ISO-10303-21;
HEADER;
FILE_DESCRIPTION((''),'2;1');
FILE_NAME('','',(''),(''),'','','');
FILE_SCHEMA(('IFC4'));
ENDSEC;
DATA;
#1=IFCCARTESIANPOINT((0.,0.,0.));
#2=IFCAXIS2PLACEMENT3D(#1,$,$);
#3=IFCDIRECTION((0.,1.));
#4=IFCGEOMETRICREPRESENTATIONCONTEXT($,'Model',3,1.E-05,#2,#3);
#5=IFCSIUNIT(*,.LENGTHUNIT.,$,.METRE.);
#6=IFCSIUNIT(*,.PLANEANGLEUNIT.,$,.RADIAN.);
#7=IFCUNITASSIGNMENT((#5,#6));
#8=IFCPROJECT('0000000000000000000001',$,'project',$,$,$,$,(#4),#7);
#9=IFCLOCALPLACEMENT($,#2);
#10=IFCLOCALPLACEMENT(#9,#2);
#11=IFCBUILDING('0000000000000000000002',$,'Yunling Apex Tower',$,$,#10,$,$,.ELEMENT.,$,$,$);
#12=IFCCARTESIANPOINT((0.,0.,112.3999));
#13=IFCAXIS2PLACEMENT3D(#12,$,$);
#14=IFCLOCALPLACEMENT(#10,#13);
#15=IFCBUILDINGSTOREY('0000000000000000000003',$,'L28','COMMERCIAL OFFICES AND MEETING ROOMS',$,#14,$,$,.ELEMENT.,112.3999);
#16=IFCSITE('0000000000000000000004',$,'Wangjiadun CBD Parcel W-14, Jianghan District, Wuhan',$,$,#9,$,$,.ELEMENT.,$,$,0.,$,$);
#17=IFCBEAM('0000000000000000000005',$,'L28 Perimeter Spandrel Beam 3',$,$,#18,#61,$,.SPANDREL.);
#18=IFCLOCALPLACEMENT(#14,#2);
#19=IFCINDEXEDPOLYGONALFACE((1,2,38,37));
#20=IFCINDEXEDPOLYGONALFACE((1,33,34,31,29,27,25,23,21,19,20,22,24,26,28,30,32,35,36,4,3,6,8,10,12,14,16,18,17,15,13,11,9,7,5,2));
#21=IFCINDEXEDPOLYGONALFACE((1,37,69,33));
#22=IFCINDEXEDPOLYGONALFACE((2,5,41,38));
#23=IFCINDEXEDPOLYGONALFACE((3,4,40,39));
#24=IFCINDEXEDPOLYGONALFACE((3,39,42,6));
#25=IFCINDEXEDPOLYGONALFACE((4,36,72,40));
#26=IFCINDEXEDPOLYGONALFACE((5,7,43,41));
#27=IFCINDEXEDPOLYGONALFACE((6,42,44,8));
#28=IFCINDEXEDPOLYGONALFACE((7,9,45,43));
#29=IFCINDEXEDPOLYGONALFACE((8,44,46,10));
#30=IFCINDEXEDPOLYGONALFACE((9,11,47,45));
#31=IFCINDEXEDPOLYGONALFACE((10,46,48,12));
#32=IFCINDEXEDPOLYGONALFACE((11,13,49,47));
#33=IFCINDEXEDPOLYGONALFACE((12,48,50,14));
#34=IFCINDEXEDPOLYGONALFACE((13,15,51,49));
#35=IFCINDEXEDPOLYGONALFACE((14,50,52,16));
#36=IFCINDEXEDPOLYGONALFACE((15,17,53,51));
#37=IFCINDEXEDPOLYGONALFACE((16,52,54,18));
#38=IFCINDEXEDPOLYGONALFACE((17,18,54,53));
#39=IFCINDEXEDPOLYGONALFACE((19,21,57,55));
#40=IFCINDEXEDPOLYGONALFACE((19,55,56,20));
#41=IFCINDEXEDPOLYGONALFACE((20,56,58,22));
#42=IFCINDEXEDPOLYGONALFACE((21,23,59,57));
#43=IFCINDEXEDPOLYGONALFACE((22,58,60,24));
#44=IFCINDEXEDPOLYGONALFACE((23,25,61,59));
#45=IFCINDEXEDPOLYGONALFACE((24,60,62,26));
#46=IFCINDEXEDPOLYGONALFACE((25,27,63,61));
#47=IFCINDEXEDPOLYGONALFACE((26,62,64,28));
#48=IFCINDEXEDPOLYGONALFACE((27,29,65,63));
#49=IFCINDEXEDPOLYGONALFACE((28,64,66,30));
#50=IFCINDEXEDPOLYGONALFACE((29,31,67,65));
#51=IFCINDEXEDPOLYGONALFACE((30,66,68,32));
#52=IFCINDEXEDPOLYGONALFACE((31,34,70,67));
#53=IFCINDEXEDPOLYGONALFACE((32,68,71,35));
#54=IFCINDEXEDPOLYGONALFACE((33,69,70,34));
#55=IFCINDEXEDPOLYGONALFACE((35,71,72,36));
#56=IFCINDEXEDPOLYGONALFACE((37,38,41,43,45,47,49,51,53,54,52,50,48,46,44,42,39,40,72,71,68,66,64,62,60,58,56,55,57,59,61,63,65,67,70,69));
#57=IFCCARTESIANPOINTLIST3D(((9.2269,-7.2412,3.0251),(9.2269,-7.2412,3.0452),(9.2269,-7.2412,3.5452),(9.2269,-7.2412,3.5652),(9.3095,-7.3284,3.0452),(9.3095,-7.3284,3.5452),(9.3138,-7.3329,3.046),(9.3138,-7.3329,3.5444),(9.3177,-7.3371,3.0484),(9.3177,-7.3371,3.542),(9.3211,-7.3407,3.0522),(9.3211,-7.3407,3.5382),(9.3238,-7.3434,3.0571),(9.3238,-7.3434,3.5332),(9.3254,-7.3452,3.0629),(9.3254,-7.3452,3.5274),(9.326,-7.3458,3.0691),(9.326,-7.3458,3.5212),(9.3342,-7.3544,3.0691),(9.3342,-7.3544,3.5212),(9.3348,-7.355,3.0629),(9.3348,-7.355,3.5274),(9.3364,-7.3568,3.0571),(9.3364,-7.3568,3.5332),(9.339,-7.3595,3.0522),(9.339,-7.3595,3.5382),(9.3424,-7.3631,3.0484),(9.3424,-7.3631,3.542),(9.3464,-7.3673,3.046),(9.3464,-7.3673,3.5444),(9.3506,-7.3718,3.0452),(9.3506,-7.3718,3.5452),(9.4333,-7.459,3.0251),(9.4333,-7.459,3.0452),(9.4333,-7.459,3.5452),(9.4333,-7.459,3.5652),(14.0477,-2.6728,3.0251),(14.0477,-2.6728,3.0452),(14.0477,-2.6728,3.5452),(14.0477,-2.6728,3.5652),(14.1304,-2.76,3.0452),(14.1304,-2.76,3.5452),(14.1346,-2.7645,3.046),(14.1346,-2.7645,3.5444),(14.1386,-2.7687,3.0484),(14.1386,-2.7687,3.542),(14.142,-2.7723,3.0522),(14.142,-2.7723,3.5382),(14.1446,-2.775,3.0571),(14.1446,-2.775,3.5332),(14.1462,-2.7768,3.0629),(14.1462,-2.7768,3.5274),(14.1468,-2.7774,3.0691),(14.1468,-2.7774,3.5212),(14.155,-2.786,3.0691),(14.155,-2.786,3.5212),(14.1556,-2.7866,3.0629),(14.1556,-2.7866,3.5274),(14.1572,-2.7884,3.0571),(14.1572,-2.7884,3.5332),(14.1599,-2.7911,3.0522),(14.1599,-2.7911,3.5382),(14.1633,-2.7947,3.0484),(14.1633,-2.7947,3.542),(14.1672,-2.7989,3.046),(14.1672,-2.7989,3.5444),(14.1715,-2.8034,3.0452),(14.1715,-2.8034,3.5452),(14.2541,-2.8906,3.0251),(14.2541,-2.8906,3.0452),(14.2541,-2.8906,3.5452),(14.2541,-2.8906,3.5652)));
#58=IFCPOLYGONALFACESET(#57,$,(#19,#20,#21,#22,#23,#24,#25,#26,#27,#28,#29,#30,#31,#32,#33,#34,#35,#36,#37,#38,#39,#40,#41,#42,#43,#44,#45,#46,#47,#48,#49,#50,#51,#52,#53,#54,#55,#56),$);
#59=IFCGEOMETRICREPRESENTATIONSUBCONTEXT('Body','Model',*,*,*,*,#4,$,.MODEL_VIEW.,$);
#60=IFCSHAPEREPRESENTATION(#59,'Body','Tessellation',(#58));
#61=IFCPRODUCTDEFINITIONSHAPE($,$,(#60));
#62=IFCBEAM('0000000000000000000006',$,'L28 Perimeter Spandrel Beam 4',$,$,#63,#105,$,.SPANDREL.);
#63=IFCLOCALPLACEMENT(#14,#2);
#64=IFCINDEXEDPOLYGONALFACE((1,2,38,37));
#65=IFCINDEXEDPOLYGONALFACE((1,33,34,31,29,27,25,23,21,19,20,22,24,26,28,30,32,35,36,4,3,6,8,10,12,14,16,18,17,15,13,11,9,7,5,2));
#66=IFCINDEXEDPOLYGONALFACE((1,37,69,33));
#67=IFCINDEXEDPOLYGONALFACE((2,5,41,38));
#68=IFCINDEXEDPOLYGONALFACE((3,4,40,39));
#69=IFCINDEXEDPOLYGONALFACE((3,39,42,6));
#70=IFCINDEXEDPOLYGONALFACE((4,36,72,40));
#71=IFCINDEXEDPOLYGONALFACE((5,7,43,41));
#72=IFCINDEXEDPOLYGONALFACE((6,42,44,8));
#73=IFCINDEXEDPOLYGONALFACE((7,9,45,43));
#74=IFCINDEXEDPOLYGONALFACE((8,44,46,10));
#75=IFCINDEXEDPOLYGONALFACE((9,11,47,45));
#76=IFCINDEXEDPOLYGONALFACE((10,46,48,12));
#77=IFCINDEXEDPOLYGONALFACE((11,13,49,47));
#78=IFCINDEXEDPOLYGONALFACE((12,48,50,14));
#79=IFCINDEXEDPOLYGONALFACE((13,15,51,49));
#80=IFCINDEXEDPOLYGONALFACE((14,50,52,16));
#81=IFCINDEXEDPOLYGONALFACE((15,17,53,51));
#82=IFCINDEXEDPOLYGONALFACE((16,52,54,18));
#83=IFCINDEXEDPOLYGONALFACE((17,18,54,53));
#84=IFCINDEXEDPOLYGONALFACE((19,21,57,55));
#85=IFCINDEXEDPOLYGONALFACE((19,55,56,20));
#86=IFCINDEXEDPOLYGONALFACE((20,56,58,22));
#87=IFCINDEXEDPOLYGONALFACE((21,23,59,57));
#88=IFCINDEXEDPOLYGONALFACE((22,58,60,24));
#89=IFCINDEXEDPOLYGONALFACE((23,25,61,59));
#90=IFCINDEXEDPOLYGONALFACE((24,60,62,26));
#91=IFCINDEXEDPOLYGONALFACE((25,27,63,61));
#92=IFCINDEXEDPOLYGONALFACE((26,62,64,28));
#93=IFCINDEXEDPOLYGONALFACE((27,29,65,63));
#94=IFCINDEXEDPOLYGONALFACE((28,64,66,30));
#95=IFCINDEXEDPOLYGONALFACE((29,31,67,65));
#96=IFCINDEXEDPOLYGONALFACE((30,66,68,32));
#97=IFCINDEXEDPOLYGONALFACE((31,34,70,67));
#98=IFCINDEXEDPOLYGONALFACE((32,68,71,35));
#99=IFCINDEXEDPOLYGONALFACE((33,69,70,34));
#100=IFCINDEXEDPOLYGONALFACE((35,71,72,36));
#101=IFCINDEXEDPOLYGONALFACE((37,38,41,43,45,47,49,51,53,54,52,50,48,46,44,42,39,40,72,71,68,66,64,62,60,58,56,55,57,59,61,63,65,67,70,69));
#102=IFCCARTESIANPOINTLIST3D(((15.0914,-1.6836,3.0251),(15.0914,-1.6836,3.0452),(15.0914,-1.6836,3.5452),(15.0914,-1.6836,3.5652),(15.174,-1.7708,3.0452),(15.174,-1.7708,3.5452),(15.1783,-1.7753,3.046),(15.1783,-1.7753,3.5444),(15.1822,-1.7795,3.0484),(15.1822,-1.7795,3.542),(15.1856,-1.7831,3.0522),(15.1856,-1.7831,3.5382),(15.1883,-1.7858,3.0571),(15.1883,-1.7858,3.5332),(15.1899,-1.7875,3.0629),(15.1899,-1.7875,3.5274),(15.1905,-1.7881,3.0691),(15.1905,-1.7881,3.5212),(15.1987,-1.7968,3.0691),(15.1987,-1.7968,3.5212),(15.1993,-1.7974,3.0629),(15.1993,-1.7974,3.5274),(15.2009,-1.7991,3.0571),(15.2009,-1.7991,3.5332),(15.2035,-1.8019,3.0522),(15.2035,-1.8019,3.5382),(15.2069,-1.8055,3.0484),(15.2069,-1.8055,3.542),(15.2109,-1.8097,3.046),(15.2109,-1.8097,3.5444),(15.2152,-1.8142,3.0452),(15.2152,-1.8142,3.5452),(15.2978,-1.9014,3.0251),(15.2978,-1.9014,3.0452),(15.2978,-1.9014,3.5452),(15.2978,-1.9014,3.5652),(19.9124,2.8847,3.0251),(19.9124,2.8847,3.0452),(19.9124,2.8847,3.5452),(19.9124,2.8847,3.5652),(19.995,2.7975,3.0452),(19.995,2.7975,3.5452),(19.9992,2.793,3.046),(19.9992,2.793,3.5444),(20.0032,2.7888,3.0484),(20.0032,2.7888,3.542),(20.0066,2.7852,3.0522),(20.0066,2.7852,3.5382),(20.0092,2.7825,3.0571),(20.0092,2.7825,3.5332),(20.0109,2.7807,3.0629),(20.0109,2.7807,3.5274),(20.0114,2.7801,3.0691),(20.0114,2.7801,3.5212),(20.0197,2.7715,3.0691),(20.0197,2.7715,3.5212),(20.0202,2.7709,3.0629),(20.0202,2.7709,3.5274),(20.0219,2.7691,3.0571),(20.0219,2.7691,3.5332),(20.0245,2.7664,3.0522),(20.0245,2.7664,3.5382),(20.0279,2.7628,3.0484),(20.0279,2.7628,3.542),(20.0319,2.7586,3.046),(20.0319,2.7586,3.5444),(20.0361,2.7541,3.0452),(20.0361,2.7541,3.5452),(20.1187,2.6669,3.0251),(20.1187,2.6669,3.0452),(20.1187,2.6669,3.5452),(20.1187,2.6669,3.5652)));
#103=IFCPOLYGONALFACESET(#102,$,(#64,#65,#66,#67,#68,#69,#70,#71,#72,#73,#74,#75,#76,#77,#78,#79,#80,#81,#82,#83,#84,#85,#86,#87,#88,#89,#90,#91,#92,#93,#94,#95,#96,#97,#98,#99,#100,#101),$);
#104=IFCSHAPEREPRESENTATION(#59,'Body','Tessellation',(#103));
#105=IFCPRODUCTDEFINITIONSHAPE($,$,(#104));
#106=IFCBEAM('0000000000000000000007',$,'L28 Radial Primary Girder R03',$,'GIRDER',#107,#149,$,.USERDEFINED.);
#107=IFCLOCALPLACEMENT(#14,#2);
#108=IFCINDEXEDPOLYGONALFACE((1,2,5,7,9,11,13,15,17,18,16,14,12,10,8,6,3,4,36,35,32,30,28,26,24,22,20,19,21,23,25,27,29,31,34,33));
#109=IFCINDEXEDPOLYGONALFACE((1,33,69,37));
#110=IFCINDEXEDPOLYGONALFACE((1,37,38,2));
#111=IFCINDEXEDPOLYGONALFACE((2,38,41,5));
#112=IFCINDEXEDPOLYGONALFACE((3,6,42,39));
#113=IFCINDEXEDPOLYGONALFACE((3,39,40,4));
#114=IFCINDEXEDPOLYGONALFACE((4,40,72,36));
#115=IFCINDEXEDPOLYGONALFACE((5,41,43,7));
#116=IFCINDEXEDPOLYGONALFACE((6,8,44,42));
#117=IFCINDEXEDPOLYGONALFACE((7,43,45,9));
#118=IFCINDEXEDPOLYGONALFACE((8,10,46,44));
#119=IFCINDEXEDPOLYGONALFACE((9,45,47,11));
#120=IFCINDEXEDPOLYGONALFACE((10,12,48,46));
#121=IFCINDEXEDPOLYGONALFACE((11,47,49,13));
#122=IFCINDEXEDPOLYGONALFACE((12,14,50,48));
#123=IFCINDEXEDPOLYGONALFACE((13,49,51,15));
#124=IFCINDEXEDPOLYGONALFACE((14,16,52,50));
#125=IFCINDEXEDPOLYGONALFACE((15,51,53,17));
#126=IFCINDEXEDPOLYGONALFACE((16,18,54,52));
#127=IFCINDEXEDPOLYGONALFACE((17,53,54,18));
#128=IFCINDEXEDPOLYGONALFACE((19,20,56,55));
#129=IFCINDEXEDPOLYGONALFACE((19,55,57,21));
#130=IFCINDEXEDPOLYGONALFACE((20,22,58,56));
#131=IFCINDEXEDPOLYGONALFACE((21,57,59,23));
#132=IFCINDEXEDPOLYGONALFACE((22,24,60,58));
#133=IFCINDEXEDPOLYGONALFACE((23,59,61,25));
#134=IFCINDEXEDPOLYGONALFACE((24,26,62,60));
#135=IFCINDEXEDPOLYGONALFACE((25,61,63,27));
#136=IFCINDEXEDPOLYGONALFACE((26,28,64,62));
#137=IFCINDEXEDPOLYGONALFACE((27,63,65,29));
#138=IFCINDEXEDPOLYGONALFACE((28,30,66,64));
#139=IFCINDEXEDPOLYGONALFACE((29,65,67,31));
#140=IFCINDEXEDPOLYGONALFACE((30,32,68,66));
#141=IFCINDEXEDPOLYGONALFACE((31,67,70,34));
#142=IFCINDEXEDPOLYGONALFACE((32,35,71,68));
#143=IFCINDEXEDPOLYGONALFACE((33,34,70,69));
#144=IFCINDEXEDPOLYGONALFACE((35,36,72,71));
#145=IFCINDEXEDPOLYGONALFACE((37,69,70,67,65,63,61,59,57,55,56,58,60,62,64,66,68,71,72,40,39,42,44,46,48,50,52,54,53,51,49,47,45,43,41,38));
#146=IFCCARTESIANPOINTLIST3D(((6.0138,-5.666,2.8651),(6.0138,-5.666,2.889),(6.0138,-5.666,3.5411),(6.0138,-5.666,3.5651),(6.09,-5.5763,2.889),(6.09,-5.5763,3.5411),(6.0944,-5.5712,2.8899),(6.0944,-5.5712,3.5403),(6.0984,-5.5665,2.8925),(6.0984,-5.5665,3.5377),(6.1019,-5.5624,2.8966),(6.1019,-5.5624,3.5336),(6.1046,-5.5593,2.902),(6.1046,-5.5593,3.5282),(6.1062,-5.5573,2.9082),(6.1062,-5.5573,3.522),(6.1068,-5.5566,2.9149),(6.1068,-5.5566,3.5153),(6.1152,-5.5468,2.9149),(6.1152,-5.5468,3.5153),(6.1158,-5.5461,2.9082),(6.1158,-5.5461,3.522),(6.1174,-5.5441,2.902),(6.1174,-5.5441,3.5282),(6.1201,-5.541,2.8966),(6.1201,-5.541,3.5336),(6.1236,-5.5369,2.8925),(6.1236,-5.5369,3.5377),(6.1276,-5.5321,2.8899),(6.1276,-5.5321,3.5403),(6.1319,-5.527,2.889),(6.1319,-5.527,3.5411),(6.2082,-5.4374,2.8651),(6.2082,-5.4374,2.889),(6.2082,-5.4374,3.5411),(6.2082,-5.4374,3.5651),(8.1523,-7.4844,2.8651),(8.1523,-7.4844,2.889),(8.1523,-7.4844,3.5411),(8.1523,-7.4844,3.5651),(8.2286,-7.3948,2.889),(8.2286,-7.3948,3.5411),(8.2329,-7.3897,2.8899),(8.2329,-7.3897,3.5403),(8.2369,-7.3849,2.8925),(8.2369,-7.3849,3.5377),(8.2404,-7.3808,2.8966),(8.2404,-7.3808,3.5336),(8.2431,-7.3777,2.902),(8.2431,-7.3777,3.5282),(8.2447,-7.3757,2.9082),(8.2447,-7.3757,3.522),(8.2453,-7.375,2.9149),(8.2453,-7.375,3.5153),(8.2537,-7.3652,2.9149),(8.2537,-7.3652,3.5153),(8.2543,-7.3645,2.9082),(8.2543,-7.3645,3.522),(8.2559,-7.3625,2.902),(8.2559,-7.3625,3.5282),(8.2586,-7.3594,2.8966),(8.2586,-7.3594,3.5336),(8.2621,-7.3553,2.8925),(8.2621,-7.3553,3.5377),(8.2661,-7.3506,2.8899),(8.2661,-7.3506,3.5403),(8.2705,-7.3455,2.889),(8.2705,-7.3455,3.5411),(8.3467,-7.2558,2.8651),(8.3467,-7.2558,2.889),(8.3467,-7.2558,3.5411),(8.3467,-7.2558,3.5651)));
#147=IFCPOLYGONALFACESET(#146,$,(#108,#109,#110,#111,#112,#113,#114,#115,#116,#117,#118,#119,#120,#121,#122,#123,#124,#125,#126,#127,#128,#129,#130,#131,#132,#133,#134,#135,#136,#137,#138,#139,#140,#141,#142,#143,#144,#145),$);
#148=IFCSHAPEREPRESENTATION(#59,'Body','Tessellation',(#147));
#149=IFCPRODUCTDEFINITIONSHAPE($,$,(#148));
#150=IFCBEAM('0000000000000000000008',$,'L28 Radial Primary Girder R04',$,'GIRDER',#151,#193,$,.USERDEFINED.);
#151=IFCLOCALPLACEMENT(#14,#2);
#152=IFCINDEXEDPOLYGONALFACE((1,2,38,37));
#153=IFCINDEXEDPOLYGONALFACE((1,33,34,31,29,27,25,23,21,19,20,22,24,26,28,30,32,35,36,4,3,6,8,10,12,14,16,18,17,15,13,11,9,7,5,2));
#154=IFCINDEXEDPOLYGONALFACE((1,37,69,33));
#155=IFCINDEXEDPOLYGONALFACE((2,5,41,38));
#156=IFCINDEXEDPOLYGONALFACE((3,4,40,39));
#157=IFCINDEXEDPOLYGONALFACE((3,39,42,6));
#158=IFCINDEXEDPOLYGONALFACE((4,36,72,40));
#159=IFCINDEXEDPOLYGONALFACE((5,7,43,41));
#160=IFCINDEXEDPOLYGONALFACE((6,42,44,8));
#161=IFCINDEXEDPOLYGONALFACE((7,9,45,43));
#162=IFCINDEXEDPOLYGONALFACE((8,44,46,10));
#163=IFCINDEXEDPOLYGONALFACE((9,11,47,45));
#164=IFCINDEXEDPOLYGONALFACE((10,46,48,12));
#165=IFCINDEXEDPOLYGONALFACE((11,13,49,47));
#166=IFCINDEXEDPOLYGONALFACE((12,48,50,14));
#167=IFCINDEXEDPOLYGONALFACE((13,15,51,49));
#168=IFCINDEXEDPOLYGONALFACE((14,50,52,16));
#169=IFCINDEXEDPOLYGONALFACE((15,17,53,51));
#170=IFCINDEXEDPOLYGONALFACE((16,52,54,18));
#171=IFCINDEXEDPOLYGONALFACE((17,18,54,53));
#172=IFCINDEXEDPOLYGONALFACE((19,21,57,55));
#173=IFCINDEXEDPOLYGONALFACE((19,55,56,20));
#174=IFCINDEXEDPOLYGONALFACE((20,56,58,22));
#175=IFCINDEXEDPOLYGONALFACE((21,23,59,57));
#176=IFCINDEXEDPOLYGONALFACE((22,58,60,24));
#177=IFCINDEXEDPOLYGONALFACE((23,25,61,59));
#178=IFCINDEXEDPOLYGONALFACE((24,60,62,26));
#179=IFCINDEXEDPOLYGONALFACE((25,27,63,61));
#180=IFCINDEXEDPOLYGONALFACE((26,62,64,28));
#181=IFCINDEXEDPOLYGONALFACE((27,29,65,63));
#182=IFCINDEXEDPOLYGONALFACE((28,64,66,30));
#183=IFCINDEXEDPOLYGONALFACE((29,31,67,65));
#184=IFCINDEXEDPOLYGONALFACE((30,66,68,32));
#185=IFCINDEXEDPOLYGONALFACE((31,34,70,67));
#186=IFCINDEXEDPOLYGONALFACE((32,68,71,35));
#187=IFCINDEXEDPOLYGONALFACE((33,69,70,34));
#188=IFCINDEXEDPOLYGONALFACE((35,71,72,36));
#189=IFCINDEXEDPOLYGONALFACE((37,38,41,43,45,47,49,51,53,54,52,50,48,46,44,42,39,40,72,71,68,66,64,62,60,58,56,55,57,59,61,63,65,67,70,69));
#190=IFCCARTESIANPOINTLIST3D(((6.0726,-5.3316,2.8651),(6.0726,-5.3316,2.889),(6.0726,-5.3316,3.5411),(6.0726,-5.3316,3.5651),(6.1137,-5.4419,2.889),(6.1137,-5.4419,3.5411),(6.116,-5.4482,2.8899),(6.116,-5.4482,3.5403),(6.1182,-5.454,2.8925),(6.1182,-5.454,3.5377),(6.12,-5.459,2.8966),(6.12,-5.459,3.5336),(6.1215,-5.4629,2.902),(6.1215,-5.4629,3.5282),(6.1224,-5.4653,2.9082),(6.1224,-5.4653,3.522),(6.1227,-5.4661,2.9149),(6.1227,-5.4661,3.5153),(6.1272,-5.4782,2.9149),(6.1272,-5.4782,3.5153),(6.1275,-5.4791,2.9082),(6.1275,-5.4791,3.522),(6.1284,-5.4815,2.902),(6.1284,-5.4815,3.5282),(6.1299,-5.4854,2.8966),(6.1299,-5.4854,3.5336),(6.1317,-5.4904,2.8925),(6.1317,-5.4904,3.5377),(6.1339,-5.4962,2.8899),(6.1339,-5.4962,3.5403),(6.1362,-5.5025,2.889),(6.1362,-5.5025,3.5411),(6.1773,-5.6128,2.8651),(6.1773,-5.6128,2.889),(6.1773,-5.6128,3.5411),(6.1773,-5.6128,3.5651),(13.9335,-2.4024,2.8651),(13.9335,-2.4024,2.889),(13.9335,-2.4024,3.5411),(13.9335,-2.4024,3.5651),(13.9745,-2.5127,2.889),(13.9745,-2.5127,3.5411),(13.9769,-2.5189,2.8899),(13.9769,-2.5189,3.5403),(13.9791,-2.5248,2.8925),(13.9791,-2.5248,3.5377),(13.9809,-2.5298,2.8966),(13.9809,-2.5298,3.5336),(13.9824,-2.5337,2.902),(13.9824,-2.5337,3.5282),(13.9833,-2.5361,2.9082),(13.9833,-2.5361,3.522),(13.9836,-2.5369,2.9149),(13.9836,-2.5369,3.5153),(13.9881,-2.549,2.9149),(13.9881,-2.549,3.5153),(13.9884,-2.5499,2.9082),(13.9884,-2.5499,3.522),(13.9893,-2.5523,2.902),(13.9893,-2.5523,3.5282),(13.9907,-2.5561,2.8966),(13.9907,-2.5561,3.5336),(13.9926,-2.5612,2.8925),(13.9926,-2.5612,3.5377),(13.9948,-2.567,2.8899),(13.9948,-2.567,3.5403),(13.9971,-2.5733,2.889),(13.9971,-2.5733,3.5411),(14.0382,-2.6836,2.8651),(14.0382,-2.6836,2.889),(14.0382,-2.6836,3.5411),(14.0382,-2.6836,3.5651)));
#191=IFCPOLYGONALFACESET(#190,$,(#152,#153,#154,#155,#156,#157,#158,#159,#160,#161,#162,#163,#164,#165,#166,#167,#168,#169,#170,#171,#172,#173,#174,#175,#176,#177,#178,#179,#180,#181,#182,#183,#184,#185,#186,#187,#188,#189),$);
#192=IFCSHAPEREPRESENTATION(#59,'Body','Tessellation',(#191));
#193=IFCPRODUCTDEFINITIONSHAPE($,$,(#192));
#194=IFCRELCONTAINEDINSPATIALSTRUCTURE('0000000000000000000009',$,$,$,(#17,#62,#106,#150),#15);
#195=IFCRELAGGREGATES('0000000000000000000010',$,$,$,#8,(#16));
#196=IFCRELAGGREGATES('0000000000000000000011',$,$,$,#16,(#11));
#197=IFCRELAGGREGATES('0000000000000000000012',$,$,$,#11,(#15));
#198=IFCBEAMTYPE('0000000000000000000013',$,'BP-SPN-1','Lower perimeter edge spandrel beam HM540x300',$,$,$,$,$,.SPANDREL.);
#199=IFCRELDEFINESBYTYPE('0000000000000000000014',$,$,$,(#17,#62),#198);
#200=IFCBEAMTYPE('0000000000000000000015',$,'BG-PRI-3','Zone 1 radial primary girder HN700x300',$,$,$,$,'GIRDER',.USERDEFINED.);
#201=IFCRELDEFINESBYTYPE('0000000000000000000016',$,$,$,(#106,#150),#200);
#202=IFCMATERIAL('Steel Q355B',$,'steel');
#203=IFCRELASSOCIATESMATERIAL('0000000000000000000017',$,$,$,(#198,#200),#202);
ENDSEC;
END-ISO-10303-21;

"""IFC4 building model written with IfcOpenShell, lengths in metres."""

from ifc_helpers import new_model, si_unit, direction, frame, origin, origin_2d, place, context, subcontext, project, spatial, i_section, extrude, source, transform, mapped, material, material_profile, profile_set, type_object, element, save


model = new_model("IFC4")

# Units and contexts
model_context = context("Model", 3, precision=1e-05, world=origin(), true_north=direction((0.0, 1.0)))
body_context = subcontext(model_context, "Body", "Model", "MODEL_VIEW")
ifc_project = project(units=[si_unit("LENGTHUNIT", "METRE"), si_unit("PLANEANGLEUNIT", "RADIAN")], contexts=[model_context])

# Site, building, storey
site_placement = place(None, origin())
site = spatial("IfcSite", under=ifc_project, at=site_placement, Name="Wangjiadun CBD Parcel W-14, Jianghan District, Wuhan", CompositionType="ELEMENT", RefElevation=0.0)
building_placement = place(site_placement, origin())
building = spatial("IfcBuilding", under=site, at=building_placement, Name="Yunling Apex Tower", CompositionType="ELEMENT")
storey_placement = place(building_placement, frame((0.0, 0.0, 112.3999)))
storey = spatial("IfcBuildingStorey", under=building, at=storey_placement, Name="L28", Description="COMMERCIAL OFFICES AND MEETING ROOMS", CompositionType="ELEMENT", Elevation=112.3999)

# Beams
ifc_material_1 = material(Name="Steel Q355B", Category="steel")
ifc_material_profile_1 = material_profile(ifc_material_1, i_section(OverallWidth=0.3, OverallDepth=0.54, WebThickness=0.012, FlangeThickness=0.02, FilletRadius=0.0239, at=origin_2d()))
ifc_profile_set_1 = profile_set([ifc_material_profile_1], Name="Steel Q355B")
beam_type_1 = type_object("IfcBeamType", Name="BP-SPN-1", Description="Lower perimeter edge spandrel beam HM540x300", PredefinedType="SPANDREL", material=ifc_profile_set_1)
shared_shape_1 = source(origin(), body_context, "Body", "SweptSolid", [
    extrude(i_section(OverallWidth=0.3, OverallDepth=0.54, WebThickness=0.012, FlangeThickness=0.02, FilletRadius=0.0239, at=origin_2d()), origin(), (0.0, 0.0, 1.0), 6.6416),
])
for number, where, z_axis, x_axis, name in (
    (1, (9.3301, -7.3501, 3.2952), (0.725856, 0.687847, 0.0), (-0.687847, 0.725856, 0.0), "L28 Perimeter Spandrel Beam 3"),
    (2, (15.1946, -1.7925, 3.2952), (0.725873, 0.687828, 0.0), (-0.687828, 0.725873, 0.0), "L28 Perimeter Spandrel Beam 4"),
):
    element("IfcBeam", number, at=place(storey_placement, frame(where, z_axis=z_axis, x_axis=x_axis)), inside=storey, type_object=beam_type_1, Name=name, PredefinedType="SPANDREL", context=body_context, shape_type="MappedRepresentation", body=[
        mapped(shared_shape_1, transform((0.0, 0.0, 0.0), scale=1.0)),
    ])
ifc_material_profile_2 = material_profile(ifc_material_1, i_section(OverallWidth=0.3, OverallDepth=0.7, WebThickness=0.0129, FlangeThickness=0.0239, FilletRadius=0.0259, at=origin_2d()))
ifc_profile_set_2 = profile_set([ifc_material_profile_2], Name="Steel Q355B")
beam_type_2 = type_object("IfcBeamType", Name="BG-PRI-3", Description="Zone 1 radial primary girder HN700x300", ElementType="GIRDER", PredefinedType="USERDEFINED", material=ifc_profile_set_2)
shared_shape_2 = source(origin(), body_context, "Body", "SweptSolid", [
    extrude(i_section(OverallWidth=0.3, OverallDepth=0.7, WebThickness=0.0129, FlangeThickness=0.0239, FilletRadius=0.0259, at=origin_2d()), origin(), (0.0, 0.0, 1.0), 2.8071),
])
beam_1_placement = place(storey_placement, frame((8.2495, -7.3701, 3.2151), z_axis=(-0.761817, 0.647792, 0.0), x_axis=(-0.647792, -0.761817, 0.0)))
element("IfcBeam", 3, at=beam_1_placement, inside=storey, type_object=beam_type_2, Name="L28 Radial Primary Girder R03", ObjectType="GIRDER", PredefinedType="USERDEFINED", context=body_context, shape_type="MappedRepresentation", body=[
    mapped(shared_shape_2, transform((0.0, 0.0, 0.0), scale=1.0)),
])
shared_shape_3 = source(origin(), body_context, "Body", "SweptSolid", [
    extrude(i_section(OverallWidth=0.3, OverallDepth=0.7, WebThickness=0.0129, FlangeThickness=0.0239, FilletRadius=0.0259, at=origin_2d()), origin(), (0.0, 0.0, 1.0), 8.3889),
])
beam_2_placement = place(storey_placement, frame((13.9858, -2.543, 3.2151), z_axis=(-0.937057, -0.349177, 0.0), x_axis=(0.349177, -0.937057, 0.0)))
element("IfcBeam", 4, at=beam_2_placement, inside=storey, type_object=beam_type_2, Name="L28 Radial Primary Girder R04", ObjectType="GIRDER", PredefinedType="USERDEFINED", context=body_context, shape_type="MappedRepresentation", body=[
    mapped(shared_shape_3, transform((0.0, 0.0, 0.0), scale=1.0)),
])

save(model, "model.ifc")
